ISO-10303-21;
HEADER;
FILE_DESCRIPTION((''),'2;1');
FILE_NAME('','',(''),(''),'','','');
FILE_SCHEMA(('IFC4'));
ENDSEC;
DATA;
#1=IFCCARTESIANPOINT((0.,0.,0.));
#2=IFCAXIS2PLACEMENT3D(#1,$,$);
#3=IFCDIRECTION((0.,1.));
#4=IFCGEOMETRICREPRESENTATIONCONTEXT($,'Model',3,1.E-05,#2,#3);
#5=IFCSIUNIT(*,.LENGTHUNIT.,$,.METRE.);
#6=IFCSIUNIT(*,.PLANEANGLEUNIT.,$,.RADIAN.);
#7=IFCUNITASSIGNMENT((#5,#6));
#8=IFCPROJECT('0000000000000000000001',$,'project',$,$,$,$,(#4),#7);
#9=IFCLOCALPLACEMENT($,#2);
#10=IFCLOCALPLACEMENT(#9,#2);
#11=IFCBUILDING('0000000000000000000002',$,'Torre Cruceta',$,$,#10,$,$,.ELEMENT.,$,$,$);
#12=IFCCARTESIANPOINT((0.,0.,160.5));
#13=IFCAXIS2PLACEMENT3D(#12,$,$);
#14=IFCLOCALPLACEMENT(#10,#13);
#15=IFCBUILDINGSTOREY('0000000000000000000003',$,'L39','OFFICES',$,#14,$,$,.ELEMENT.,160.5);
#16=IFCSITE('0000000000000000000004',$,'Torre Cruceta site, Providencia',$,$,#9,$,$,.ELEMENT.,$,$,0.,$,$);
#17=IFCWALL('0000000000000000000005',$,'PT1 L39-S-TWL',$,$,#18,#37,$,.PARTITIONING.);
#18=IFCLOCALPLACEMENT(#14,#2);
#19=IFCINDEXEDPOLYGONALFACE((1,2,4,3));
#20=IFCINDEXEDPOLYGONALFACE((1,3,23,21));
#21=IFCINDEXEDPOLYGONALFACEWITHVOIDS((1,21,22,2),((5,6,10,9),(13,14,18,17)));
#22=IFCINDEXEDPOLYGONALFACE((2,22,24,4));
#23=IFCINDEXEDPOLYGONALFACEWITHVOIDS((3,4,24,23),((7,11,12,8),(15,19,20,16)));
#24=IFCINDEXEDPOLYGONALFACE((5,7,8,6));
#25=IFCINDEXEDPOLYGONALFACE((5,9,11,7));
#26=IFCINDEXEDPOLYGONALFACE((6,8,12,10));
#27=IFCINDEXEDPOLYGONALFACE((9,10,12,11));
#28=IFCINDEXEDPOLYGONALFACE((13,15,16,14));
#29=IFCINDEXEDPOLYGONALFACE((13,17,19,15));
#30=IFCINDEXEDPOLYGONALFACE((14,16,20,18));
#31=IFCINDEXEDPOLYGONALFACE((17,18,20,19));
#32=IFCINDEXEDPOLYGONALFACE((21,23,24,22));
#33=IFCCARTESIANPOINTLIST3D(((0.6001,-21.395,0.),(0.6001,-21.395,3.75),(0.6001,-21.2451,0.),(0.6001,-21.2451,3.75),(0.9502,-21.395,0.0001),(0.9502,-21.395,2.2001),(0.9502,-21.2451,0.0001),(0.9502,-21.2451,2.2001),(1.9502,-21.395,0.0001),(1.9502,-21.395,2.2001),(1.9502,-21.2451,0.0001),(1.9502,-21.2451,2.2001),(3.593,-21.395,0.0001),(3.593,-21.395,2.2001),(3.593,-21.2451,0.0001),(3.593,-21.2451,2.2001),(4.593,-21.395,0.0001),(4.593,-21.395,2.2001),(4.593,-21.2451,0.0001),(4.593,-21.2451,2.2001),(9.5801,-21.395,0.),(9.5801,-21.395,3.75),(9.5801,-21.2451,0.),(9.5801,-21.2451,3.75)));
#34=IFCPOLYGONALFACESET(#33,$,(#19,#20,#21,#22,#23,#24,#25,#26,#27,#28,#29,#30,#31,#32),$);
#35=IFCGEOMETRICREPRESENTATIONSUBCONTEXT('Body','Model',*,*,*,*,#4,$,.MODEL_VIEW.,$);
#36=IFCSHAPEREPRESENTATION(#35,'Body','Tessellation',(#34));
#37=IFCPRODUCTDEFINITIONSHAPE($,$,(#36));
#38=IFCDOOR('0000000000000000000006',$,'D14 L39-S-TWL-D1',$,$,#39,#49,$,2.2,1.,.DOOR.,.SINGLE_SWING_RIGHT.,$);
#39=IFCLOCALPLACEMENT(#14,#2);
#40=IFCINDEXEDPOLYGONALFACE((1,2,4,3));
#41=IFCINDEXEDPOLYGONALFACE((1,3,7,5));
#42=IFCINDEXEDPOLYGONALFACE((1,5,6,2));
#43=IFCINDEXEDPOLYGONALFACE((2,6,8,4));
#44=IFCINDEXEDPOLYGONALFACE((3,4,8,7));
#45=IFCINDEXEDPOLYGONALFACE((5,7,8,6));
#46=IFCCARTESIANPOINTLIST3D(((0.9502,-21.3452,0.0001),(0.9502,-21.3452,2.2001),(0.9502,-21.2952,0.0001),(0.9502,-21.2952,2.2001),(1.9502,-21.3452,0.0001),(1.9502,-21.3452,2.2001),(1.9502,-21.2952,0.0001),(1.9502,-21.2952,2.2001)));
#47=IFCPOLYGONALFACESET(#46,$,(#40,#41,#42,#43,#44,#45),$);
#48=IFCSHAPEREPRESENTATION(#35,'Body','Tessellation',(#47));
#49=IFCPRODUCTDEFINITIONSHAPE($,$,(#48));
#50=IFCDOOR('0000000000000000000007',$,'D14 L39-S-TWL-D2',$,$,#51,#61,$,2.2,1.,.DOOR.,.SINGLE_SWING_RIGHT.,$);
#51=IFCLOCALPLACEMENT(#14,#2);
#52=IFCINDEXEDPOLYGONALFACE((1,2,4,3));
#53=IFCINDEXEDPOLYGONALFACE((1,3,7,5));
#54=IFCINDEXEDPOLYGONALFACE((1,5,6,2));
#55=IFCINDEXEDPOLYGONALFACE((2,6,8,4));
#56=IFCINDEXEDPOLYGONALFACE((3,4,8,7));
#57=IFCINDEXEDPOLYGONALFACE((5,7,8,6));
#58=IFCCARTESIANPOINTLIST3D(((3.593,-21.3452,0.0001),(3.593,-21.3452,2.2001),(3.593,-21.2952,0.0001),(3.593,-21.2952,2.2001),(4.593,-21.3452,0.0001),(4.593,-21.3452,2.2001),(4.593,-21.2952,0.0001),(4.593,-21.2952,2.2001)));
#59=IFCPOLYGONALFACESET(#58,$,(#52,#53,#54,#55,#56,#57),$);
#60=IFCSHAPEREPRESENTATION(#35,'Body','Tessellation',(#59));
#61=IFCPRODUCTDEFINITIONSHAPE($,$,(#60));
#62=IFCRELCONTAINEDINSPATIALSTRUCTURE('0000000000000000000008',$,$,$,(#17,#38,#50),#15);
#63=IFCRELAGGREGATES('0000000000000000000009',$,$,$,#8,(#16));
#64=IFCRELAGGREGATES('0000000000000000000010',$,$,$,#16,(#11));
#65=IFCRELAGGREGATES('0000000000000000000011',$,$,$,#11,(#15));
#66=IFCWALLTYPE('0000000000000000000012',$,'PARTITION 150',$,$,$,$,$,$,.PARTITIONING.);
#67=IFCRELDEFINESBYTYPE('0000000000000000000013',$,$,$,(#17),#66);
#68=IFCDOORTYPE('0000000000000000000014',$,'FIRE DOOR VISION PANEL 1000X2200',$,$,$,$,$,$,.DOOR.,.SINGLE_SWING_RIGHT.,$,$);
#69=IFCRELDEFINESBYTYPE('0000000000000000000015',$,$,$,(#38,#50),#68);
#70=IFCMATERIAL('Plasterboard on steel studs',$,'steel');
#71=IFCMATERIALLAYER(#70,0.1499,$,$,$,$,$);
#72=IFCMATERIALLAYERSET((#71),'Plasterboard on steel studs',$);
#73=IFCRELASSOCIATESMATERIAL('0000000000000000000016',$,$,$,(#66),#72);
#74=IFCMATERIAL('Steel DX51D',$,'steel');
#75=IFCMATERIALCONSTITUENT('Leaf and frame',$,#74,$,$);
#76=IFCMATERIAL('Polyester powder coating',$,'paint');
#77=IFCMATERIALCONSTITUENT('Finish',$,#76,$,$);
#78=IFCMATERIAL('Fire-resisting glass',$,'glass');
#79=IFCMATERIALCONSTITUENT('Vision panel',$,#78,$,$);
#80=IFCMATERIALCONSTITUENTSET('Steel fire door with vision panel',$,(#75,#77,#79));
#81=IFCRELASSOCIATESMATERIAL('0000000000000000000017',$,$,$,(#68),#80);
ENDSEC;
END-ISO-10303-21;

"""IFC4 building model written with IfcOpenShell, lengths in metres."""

from ifc_helpers import new_model, si_unit, direction, frame, frame_2d, origin, place, context, subcontext, project, spatial, rectangle, extrude, material, layer, layer_set, constituent, constituent_set, type_object, element, fill, save


model = new_model("IFC4")

# Units and contexts
model_context = context("Model", 3, precision=1e-05, world=origin(), true_north=direction((0.0, 1.0)))
body_context = subcontext(model_context, "Body", "Model", "MODEL_VIEW")
ifc_project = project(units=[si_unit("LENGTHUNIT", "METRE"), si_unit("PLANEANGLEUNIT", "RADIAN")], contexts=[model_context])

# Site, building, storey
site_placement = place(None, origin())
site = spatial("IfcSite", under=ifc_project, at=site_placement, Name="Torre Cruceta site, Providencia", CompositionType="ELEMENT", RefElevation=0.0)
building_placement = place(site_placement, origin())
building = spatial("IfcBuilding", under=site, at=building_placement, Name="Torre Cruceta", CompositionType="ELEMENT")
storey_placement = place(building_placement, frame((0.0, 0.0, 160.5)))
storey = spatial("IfcBuildingStorey", under=building, at=storey_placement, Name="L39", Description="OFFICES", CompositionType="ELEMENT", Elevation=160.5)

# Shared definitions
ifc_material_1 = material(Name="Plasterboard on steel studs", Category="steel")
ifc_layer_1 = layer(ifc_material_1, 0.1499)
ifc_layer_set_1 = layer_set([ifc_layer_1], Name="Plasterboard on steel studs")
wall_type_1 = type_object("IfcWallType", Name="PARTITION 150", PredefinedType="PARTITIONING", material=ifc_layer_set_1)

# Wall, openings, doors
wall_1_placement = place(storey_placement, frame((0.6001, -21.3201, 0.0), z_axis=(0.0, 0.0, 1.0), x_axis=(1.0, 0.0, 0.0)))
wall_1 = element("IfcWall", 1, at=wall_1_placement, inside=storey, type_object=wall_type_1, Name="PT1 L39-S-TWL", PredefinedType="PARTITIONING", context=body_context, shape_type="SweptSolid", body=[
    extrude(rectangle(XDim=8.98, YDim=0.1499, at=frame_2d((4.49, 0.0))), origin(), (0.0, 0.0, 1.0), 3.75),
])
opening_1_placement = place(wall_1_placement, frame((0.3501, 0.0, 0.0)))
opening_1 = element("IfcOpeningElement", 2, at=opening_1_placement, cuts=wall_1, PredefinedType="OPENING", context=body_context, shape_type="SweptSolid", body=[
    extrude(rectangle(XDim=1.0, YDim=2.2, at=frame_2d((0.5, 1.1001))), frame((0.0, 0.085, 0.0), z_axis=(0.0, -1.0, 0.0), x_axis=(1.0, 0.0, 0.0)), (0.0, 0.0, 1.0), 0.1699),
])
opening_2_placement = place(wall_1_placement, frame((2.9929, 0.0, 0.0)))
opening_2 = element("IfcOpeningElement", 3, at=opening_2_placement, cuts=wall_1, PredefinedType="OPENING", context=body_context, shape_type="SweptSolid", body=[
    extrude(rectangle(XDim=1.0, YDim=2.2, at=frame_2d((0.5, 1.1001))), frame((0.0, 0.085, 0.0), z_axis=(0.0, -1.0, 0.0), x_axis=(1.0, 0.0, 0.0)), (0.0, 0.0, 1.0), 0.1699),
])
ifc_material_2 = material(Name="Steel DX51D", Category="steel")
ifc_constituent_1 = constituent(ifc_material_2, Name="Leaf and frame")
ifc_material_3 = material(Name="Polyester powder coating", Category="paint")
ifc_constituent_2 = constituent(ifc_material_3, Name="Finish")
ifc_material_4 = material(Name="Fire-resisting glass", Category="glass")
ifc_constituent_3 = constituent(ifc_material_4, Name="Vision panel")
ifc_constituent_set_1 = constituent_set(constituents=[ifc_constituent_1, ifc_constituent_2, ifc_constituent_3], Name="Steel fire door with vision panel")
door_type = type_object("IfcDoorType", Name="FIRE DOOR VISION PANEL 1000X2200", OperationType="SINGLE_SWING_RIGHT", PredefinedType="DOOR", material=ifc_constituent_set_1)
door_1_placement = place(opening_1_placement, frame((1.0, 0.0, 0.0), z_axis=(0.0, 0.0, 1.0), x_axis=(-1.0, 0.0, 0.0)))
door_1 = element("IfcDoor", 4, at=door_1_placement, inside=storey, type_object=door_type, Name="D14 L39-S-TWL-D1", OperationType="SINGLE_SWING_RIGHT", OverallHeight=2.2, OverallWidth=1.0, PredefinedType="DOOR", context=body_context, shape_type="SweptSolid", body=[
    extrude(rectangle(XDim=1.0, YDim=2.2, at=frame_2d((0.5, 1.1001))), frame((0.0, 0.0251, 0.0), z_axis=(0.0, -1.0, 0.0), x_axis=(1.0, 0.0, 0.0)), (0.0, 0.0, 1.0), 0.05),
])
fill(opening_1, door_1)
door_2_placement = place(opening_2_placement, frame((1.0, 0.0, 0.0), z_axis=(0.0, 0.0, 1.0), x_axis=(-1.0, 0.0, 0.0)))
door_2 = element("IfcDoor", 5, at=door_2_placement, inside=storey, type_object=door_type, Name="D14 L39-S-TWL-D2", OperationType="SINGLE_SWING_RIGHT", OverallHeight=2.2, OverallWidth=1.0, PredefinedType="DOOR", context=body_context, shape_type="SweptSolid", body=[
    extrude(rectangle(XDim=1.0, YDim=2.2, at=frame_2d((0.5, 1.1001))), frame((0.0, 0.0251, 0.0), z_axis=(0.0, -1.0, 0.0), x_axis=(1.0, 0.0, 0.0)), (0.0, 0.0, 1.0), 0.05),
])
fill(opening_2, door_2)

save(model, "model.ifc")
